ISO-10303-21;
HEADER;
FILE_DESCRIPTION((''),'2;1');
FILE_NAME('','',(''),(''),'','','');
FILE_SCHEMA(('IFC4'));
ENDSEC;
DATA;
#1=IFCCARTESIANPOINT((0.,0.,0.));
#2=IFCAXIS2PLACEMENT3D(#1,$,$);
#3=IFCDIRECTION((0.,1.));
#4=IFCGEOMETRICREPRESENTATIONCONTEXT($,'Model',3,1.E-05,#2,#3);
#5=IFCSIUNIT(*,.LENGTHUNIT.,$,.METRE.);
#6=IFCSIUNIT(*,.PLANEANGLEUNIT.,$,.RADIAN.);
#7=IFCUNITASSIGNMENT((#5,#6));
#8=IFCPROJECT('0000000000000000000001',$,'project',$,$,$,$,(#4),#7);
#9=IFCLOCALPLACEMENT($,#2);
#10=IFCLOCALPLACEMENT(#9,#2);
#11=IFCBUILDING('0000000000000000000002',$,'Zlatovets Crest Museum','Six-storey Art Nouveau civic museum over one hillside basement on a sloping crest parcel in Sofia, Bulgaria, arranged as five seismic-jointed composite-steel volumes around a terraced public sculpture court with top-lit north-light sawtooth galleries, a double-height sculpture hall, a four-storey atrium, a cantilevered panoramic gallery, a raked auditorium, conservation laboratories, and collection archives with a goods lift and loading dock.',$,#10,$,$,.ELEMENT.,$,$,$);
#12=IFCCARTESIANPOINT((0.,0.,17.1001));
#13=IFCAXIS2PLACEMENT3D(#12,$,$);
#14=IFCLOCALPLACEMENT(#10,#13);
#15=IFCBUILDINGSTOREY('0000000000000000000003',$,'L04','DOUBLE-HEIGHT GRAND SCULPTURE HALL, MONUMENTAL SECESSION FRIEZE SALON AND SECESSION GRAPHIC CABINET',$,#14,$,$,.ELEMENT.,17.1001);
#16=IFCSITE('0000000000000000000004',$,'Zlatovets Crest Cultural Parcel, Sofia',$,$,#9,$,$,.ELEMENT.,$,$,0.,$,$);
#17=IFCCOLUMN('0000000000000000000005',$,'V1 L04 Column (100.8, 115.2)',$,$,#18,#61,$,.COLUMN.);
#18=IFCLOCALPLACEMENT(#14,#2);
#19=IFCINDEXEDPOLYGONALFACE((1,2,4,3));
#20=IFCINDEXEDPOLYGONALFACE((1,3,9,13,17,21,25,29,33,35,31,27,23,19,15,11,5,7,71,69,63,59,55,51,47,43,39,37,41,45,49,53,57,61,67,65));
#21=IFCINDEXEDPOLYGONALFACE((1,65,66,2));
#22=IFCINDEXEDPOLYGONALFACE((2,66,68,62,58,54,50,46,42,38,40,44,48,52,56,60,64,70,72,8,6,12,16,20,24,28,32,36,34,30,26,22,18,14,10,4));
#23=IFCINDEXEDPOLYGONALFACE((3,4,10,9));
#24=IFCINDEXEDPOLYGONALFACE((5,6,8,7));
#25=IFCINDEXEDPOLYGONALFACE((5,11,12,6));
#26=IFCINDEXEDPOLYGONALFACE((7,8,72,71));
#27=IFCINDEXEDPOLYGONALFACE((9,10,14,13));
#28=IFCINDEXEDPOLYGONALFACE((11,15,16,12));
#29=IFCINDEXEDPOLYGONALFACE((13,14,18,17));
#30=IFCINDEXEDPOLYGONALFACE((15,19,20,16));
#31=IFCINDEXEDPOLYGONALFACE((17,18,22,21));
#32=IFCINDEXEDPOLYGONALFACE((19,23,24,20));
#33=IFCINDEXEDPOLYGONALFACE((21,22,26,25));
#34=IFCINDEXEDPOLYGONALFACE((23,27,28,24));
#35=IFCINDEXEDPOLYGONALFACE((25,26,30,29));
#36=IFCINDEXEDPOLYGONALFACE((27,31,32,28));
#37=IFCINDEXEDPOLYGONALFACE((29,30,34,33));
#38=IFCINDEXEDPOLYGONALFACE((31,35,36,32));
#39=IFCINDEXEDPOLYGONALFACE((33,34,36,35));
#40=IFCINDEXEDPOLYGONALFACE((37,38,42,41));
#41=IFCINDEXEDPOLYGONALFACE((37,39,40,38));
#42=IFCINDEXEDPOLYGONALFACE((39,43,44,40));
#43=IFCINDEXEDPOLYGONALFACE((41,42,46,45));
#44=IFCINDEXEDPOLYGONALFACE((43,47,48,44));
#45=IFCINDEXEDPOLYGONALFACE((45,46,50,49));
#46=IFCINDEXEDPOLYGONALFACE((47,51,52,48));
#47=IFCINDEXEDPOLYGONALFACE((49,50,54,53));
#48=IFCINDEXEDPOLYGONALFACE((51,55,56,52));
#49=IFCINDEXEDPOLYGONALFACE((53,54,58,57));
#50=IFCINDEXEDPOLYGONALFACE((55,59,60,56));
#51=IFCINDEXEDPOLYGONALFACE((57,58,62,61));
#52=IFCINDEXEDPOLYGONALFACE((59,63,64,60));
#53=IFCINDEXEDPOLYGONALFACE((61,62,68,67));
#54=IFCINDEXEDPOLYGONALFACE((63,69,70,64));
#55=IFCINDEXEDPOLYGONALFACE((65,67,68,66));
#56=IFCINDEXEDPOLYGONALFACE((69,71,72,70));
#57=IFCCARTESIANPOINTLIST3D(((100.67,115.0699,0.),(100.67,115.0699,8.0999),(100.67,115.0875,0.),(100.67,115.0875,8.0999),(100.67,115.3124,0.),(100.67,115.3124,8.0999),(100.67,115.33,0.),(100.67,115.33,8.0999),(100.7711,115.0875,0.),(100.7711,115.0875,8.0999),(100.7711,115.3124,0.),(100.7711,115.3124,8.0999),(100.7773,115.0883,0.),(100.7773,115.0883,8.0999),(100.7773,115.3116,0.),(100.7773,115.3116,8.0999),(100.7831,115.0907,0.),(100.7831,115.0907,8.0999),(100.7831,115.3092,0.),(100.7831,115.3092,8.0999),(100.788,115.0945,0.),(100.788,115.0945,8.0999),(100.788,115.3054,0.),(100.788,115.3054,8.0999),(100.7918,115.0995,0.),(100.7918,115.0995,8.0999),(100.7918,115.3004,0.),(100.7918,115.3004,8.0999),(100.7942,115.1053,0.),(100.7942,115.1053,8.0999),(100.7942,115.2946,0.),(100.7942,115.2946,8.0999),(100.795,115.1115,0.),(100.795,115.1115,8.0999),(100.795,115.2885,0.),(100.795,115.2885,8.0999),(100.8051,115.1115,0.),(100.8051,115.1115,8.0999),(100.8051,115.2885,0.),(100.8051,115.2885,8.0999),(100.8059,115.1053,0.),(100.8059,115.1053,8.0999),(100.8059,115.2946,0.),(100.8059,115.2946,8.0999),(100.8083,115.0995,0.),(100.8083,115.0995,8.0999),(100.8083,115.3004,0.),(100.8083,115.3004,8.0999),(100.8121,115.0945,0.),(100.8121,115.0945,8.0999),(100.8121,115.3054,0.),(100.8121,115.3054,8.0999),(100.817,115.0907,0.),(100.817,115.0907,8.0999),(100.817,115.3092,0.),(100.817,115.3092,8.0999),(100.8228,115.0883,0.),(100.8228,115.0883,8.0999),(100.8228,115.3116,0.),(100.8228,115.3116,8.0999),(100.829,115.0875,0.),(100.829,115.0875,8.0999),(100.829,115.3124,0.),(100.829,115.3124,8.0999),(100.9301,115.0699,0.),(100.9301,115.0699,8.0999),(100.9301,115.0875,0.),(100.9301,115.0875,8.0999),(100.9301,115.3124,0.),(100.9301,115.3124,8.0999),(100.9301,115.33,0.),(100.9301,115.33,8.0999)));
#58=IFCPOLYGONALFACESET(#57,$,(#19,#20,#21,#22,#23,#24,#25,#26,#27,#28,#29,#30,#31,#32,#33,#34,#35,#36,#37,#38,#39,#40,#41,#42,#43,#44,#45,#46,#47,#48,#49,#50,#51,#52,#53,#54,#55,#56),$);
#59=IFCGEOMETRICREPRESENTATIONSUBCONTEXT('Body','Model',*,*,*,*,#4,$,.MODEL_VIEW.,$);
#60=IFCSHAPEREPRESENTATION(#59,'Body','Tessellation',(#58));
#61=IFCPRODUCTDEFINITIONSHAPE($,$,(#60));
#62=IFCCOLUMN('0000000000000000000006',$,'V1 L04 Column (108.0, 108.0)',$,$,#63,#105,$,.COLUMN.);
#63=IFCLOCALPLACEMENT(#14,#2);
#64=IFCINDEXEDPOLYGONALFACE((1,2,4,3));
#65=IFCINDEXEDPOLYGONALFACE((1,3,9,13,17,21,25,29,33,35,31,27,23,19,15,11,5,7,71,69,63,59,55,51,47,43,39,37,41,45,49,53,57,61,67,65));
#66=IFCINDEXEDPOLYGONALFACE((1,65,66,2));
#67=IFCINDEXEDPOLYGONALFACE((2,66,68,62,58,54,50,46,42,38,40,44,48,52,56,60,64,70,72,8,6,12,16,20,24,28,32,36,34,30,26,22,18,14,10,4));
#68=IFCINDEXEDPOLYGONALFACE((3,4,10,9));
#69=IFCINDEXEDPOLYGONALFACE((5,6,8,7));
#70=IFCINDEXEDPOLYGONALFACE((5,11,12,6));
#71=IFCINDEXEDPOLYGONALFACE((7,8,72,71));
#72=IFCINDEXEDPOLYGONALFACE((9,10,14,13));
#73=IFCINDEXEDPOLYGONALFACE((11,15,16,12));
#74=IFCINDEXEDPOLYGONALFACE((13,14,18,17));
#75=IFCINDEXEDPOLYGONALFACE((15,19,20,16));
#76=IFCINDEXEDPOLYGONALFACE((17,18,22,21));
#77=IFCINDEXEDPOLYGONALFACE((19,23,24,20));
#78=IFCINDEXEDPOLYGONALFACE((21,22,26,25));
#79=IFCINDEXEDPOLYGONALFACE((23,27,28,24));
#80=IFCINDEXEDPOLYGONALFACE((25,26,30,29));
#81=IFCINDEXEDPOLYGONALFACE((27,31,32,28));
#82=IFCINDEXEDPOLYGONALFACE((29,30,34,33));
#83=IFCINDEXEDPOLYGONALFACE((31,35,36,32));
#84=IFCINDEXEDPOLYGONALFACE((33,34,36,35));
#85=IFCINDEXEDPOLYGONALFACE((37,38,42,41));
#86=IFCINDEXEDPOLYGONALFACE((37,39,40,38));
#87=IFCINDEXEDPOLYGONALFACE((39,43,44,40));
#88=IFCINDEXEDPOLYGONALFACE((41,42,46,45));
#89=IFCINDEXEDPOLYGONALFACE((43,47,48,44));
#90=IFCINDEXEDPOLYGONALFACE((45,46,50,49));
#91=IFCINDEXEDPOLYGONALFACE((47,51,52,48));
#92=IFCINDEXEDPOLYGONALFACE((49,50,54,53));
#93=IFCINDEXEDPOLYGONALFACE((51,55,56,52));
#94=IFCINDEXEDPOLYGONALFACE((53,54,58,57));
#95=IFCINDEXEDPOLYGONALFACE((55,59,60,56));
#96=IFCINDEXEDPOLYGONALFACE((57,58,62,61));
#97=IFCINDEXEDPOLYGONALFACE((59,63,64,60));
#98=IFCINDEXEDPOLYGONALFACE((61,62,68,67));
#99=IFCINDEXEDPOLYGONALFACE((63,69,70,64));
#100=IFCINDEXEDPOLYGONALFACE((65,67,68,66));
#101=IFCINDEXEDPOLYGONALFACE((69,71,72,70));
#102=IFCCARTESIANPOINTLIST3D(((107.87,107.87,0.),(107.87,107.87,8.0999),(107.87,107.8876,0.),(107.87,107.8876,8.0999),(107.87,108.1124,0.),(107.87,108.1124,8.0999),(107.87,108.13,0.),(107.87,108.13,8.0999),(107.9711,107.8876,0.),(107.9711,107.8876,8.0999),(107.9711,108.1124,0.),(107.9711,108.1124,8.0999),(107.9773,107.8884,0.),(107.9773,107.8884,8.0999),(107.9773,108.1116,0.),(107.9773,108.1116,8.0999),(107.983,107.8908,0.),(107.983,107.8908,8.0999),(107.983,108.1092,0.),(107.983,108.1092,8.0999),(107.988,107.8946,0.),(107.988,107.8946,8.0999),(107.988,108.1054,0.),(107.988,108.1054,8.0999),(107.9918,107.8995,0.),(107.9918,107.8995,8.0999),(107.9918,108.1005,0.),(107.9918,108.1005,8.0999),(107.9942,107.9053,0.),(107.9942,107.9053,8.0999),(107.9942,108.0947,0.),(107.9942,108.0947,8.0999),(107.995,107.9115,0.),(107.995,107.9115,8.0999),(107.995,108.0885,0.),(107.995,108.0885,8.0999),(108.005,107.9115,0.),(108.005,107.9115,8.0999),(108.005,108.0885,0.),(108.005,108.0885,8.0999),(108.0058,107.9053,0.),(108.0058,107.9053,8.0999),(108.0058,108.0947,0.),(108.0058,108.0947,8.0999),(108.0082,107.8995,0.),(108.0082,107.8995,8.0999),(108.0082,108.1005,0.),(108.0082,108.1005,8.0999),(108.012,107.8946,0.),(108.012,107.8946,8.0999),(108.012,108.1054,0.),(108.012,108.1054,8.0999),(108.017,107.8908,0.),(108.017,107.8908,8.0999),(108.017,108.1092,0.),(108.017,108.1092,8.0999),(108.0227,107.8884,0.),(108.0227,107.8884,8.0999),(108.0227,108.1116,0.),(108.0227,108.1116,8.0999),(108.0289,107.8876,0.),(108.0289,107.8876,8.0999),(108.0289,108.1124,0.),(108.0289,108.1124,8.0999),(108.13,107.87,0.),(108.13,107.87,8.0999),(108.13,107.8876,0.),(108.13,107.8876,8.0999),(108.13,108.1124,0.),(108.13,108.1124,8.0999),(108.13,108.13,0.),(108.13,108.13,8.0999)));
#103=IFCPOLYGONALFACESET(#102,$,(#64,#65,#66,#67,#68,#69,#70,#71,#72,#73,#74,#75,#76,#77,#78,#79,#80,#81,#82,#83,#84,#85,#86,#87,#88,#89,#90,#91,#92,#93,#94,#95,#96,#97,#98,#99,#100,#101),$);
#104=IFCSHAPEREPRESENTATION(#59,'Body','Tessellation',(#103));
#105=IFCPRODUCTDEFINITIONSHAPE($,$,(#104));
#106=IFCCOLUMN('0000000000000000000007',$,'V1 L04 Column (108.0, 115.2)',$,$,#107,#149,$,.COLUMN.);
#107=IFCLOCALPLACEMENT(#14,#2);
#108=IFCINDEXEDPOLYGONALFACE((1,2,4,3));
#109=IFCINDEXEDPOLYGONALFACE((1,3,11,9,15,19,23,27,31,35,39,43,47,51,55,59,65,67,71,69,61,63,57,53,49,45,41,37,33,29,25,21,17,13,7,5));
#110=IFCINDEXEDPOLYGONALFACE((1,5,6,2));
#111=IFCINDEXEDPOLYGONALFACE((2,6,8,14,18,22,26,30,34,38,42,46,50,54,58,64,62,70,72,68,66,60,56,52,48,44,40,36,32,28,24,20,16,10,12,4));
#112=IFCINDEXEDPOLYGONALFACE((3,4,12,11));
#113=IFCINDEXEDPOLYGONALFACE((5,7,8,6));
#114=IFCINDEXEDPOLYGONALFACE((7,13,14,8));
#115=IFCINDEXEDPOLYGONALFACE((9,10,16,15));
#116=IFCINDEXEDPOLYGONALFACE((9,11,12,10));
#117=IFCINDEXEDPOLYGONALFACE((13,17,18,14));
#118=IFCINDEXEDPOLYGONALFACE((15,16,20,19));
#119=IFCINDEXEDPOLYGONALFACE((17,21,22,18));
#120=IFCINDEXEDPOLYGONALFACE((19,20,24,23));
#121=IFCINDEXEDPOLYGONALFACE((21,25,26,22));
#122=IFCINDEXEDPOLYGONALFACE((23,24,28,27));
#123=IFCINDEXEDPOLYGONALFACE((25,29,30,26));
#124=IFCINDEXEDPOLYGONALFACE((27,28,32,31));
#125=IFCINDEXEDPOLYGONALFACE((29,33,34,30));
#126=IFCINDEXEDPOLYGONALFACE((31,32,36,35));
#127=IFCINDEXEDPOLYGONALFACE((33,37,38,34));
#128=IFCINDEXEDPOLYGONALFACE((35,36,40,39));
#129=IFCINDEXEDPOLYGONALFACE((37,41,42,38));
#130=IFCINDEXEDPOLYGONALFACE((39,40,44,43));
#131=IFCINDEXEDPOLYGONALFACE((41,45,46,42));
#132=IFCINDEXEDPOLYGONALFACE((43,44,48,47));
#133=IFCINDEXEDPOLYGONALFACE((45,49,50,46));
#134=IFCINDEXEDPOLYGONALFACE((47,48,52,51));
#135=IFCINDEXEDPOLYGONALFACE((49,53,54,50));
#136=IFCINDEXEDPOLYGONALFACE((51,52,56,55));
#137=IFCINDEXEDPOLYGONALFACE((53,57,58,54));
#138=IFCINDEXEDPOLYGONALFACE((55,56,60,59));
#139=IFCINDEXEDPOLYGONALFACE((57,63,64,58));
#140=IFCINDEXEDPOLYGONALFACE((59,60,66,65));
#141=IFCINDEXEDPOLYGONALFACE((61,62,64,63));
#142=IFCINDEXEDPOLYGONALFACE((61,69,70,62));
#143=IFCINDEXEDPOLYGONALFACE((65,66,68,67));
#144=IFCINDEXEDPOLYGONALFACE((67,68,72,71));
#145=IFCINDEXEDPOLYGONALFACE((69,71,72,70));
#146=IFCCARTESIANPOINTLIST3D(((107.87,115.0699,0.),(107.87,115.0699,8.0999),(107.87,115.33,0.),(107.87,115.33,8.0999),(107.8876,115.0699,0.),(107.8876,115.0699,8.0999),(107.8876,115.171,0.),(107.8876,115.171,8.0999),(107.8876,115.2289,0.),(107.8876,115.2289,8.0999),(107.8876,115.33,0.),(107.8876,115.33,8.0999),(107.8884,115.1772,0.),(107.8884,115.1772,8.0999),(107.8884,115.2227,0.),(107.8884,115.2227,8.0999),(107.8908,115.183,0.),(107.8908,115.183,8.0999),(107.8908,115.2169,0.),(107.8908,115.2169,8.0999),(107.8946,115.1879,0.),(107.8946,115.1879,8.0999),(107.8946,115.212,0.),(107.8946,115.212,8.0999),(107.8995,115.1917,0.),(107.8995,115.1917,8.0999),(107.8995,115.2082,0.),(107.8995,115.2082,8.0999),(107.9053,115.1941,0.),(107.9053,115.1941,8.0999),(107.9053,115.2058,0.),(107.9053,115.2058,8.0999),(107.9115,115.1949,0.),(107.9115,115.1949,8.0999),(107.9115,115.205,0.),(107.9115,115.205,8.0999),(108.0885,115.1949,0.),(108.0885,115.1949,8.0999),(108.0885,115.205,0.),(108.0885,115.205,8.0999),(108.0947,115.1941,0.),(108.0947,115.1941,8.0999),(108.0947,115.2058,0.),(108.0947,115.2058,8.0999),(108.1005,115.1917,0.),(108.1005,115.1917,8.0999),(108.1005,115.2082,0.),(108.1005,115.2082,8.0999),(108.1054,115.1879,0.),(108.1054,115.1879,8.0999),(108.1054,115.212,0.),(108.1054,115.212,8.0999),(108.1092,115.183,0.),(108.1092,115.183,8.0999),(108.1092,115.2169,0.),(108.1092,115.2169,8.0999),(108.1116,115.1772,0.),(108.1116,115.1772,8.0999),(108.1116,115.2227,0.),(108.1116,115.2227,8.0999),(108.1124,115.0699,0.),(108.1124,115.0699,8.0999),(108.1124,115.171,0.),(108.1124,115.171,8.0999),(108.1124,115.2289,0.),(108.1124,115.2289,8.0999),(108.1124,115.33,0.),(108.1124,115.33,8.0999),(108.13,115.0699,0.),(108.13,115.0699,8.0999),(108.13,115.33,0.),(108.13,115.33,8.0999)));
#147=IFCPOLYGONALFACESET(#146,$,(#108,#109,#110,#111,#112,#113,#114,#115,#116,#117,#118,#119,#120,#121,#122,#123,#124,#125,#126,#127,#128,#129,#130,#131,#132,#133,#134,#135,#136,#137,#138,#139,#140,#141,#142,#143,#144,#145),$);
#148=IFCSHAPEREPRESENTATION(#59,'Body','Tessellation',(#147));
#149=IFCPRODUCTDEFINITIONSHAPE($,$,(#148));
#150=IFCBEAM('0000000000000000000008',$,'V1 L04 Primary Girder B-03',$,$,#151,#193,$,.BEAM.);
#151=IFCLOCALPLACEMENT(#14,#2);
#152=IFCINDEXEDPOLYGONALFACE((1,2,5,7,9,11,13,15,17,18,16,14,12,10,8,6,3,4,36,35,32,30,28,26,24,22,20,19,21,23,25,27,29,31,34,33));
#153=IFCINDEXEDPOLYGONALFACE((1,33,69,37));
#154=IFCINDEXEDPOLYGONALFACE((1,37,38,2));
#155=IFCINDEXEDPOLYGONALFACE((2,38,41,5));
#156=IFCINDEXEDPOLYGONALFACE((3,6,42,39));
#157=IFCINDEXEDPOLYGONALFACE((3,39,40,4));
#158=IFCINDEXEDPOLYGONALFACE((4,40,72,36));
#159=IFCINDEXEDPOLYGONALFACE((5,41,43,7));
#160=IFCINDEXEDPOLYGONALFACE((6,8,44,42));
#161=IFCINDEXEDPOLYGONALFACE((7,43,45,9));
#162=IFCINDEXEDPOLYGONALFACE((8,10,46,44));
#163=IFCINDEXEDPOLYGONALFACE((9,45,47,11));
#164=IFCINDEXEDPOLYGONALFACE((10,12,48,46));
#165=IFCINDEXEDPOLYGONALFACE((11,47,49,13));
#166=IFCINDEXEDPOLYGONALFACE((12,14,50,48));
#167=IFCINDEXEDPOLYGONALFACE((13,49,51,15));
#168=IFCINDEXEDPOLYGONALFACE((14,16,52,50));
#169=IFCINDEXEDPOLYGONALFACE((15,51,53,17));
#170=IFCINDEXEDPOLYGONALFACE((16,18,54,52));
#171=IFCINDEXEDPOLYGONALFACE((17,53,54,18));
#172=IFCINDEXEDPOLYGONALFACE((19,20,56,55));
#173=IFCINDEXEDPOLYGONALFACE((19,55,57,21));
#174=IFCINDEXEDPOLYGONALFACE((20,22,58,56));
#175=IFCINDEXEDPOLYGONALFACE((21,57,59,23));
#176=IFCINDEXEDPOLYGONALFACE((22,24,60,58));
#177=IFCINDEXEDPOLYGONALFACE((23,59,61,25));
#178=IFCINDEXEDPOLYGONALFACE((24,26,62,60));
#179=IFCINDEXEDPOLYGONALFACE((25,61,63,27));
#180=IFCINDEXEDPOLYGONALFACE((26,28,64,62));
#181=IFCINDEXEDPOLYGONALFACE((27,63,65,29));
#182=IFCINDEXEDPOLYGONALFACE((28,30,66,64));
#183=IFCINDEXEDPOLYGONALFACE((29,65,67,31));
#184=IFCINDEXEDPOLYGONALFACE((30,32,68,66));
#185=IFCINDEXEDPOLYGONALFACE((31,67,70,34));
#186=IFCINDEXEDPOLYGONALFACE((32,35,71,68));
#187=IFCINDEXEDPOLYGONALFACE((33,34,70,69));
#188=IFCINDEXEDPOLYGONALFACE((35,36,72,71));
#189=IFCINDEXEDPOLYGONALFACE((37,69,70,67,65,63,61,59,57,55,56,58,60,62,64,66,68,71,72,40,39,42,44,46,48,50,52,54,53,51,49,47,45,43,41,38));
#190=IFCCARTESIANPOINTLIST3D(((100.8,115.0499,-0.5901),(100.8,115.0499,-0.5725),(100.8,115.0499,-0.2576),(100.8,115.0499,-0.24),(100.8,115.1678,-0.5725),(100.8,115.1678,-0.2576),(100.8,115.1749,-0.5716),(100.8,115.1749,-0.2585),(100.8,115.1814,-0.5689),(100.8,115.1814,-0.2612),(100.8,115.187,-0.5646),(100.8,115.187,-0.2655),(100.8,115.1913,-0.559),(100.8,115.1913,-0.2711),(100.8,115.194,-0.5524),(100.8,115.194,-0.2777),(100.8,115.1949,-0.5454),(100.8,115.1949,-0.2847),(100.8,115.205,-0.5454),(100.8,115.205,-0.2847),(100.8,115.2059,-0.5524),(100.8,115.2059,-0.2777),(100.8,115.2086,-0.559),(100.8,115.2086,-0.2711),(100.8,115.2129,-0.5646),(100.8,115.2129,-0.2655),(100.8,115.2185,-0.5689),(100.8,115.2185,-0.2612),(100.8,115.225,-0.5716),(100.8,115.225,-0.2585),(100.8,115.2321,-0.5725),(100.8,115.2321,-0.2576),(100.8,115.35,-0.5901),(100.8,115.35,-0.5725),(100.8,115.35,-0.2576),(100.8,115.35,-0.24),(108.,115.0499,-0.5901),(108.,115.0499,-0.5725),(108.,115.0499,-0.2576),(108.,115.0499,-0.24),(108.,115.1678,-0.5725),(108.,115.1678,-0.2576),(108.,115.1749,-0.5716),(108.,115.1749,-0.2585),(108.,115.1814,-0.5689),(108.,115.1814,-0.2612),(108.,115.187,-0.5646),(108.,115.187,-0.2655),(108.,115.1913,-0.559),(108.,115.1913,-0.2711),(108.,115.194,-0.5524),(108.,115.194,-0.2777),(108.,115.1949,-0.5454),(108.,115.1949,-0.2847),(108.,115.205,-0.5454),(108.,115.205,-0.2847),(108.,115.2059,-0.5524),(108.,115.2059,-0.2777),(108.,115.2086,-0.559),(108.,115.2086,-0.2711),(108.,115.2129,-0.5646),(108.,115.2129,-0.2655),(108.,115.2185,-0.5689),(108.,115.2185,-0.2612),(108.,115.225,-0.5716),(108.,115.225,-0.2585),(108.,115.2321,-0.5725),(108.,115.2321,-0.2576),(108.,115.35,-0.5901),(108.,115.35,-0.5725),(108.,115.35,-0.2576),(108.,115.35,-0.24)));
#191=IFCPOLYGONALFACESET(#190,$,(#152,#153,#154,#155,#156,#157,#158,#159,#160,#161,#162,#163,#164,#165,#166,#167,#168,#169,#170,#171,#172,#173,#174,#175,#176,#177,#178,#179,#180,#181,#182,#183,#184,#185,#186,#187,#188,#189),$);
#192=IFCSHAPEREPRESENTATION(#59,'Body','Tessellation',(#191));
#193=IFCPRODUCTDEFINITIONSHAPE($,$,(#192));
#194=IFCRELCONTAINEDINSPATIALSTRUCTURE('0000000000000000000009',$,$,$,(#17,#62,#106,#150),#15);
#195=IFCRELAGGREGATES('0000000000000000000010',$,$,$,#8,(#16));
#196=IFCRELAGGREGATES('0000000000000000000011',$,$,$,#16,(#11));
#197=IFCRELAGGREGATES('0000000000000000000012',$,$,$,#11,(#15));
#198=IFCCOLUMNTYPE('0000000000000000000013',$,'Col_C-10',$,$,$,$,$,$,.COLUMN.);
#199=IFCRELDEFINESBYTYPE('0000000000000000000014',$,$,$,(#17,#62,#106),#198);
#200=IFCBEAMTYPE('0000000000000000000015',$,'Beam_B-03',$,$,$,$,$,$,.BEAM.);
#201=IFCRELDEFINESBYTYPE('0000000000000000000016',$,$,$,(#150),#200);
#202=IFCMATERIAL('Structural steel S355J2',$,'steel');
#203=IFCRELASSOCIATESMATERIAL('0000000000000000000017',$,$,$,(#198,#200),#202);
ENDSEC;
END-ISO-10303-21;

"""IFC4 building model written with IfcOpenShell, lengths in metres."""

from ifc_helpers import new_model, si_unit, direction, frame, origin, origin_2d, place, context, subcontext, project, spatial, i_section, extrude, material, material_profile, profile_set, type_object, element, save


model = new_model("IFC4")

# Units and contexts
model_context = context("Model", 3, precision=1e-05, world=origin(), true_north=direction((0.0, 1.0)))
body_context = subcontext(model_context, "Body", "Model", "MODEL_VIEW")
ifc_project = project(units=[si_unit("LENGTHUNIT", "METRE"), si_unit("PLANEANGLEUNIT", "RADIAN")], contexts=[model_context])

# Site, building, storey
site_placement = place(None, origin())
site = spatial("IfcSite", under=ifc_project, at=site_placement, Name="Zlatovets Crest Cultural Parcel, Sofia", CompositionType="ELEMENT", RefElevation=0.0)
building_placement = place(site_placement, origin())
building = spatial("IfcBuilding", under=site, at=building_placement, Name="Zlatovets Crest Museum", Description="Six-storey Art Nouveau civic museum over one hillside basement on a sloping crest parcel in Sofia, Bulgaria, arranged as five seismic-jointed composite-steel volumes around a terraced public sculpture court with top-lit north-light sawtooth galleries, a double-height sculpture hall, a four-storey atrium, a cantilevered panoramic gallery, a raked auditorium, conservation laboratories, and collection archives with a goods lift and loading dock.", CompositionType="ELEMENT")
storey_placement = place(building_placement, frame((0.0, 0.0, 17.1001)))
storey = spatial("IfcBuildingStorey", under=building, at=storey_placement, Name="L04", Description="DOUBLE-HEIGHT GRAND SCULPTURE HALL, MONUMENTAL SECESSION FRIEZE SALON AND SECESSION GRAPHIC CABINET", CompositionType="ELEMENT", Elevation=17.1001)

# Columns
ifc_material_1 = material(Name="Structural steel S355J2", Category="steel")
ifc_material_profile_1 = material_profile(ifc_material_1, i_section(OverallWidth=0.26, OverallDepth=0.26, WebThickness=0.01, FlangeThickness=0.0176, FilletRadius=0.0239, at=origin_2d()), Name="HEB 260")
ifc_profile_set_1 = profile_set([ifc_material_profile_1], Name="Structural steel S355J2")
column_type = type_object("IfcColumnType", Name="Col_C-10", PredefinedType="COLUMN", material=ifc_profile_set_1)
for number, where, z_axis, x_axis, name in (
    (1, (100.8, 115.2, 0.0), (0.0, 0.0, 1.0), (1.0, 0.0, 0.0), "V1 L04 Column (100.8, 115.2)"),
    (2, (108.0, 108.0, 0.0), (0.0, 0.0, 1.0), (1.0, 0.0, 0.0), "V1 L04 Column (108.0, 108.0)"),
    (3, (108.0, 115.2, 0.0), (0.0, 0.0, 1.0), (0.0, 1.0, 0.0), "V1 L04 Column (108.0, 115.2)"),
):
    element("IfcColumn", number, at=place(storey_placement, frame(where, z_axis=z_axis, x_axis=x_axis)), inside=storey, type_object=column_type, Name=name, PredefinedType="COLUMN", context=body_context, shape_type="SweptSolid", body=[
        extrude(i_section(OverallWidth=0.26, OverallDepth=0.26, WebThickness=0.01, FlangeThickness=0.0176, FilletRadius=0.0239, at=origin_2d()), origin(), (0.0, 0.0, 1.0), 8.0999),
    ])

# Beam
ifc_material_profile_2 = material_profile(ifc_material_1, i_section(OverallWidth=0.3, OverallDepth=0.3501, WebThickness=0.01, FlangeThickness=0.0176, FilletRadius=0.0271, at=origin_2d()), Name="HEA 360")
ifc_profile_set_2 = profile_set([ifc_material_profile_2], Name="Structural steel S355J2")
beam_type_1 = type_object("IfcBeamType", Name="Beam_B-03", PredefinedType="BEAM", material=ifc_profile_set_2)
beam_1_placement = place(storey_placement, frame((100.8, 115.2, -0.415), z_axis=(1.0, 0.0, 0.0), x_axis=(0.0, 1.0, 0.0)))
element("IfcBeam", 4, at=beam_1_placement, inside=storey, type_object=beam_type_1, Name="V1 L04 Primary Girder B-03", PredefinedType="BEAM", context=body_context, shape_type="SweptSolid", body=[
    extrude(i_section(OverallWidth=0.3, OverallDepth=0.3501, WebThickness=0.01, FlangeThickness=0.0176, FilletRadius=0.0271, at=origin_2d()), origin(), (0.0, 0.0, 1.0), 7.2),
])

save(model, "model.ifc")
